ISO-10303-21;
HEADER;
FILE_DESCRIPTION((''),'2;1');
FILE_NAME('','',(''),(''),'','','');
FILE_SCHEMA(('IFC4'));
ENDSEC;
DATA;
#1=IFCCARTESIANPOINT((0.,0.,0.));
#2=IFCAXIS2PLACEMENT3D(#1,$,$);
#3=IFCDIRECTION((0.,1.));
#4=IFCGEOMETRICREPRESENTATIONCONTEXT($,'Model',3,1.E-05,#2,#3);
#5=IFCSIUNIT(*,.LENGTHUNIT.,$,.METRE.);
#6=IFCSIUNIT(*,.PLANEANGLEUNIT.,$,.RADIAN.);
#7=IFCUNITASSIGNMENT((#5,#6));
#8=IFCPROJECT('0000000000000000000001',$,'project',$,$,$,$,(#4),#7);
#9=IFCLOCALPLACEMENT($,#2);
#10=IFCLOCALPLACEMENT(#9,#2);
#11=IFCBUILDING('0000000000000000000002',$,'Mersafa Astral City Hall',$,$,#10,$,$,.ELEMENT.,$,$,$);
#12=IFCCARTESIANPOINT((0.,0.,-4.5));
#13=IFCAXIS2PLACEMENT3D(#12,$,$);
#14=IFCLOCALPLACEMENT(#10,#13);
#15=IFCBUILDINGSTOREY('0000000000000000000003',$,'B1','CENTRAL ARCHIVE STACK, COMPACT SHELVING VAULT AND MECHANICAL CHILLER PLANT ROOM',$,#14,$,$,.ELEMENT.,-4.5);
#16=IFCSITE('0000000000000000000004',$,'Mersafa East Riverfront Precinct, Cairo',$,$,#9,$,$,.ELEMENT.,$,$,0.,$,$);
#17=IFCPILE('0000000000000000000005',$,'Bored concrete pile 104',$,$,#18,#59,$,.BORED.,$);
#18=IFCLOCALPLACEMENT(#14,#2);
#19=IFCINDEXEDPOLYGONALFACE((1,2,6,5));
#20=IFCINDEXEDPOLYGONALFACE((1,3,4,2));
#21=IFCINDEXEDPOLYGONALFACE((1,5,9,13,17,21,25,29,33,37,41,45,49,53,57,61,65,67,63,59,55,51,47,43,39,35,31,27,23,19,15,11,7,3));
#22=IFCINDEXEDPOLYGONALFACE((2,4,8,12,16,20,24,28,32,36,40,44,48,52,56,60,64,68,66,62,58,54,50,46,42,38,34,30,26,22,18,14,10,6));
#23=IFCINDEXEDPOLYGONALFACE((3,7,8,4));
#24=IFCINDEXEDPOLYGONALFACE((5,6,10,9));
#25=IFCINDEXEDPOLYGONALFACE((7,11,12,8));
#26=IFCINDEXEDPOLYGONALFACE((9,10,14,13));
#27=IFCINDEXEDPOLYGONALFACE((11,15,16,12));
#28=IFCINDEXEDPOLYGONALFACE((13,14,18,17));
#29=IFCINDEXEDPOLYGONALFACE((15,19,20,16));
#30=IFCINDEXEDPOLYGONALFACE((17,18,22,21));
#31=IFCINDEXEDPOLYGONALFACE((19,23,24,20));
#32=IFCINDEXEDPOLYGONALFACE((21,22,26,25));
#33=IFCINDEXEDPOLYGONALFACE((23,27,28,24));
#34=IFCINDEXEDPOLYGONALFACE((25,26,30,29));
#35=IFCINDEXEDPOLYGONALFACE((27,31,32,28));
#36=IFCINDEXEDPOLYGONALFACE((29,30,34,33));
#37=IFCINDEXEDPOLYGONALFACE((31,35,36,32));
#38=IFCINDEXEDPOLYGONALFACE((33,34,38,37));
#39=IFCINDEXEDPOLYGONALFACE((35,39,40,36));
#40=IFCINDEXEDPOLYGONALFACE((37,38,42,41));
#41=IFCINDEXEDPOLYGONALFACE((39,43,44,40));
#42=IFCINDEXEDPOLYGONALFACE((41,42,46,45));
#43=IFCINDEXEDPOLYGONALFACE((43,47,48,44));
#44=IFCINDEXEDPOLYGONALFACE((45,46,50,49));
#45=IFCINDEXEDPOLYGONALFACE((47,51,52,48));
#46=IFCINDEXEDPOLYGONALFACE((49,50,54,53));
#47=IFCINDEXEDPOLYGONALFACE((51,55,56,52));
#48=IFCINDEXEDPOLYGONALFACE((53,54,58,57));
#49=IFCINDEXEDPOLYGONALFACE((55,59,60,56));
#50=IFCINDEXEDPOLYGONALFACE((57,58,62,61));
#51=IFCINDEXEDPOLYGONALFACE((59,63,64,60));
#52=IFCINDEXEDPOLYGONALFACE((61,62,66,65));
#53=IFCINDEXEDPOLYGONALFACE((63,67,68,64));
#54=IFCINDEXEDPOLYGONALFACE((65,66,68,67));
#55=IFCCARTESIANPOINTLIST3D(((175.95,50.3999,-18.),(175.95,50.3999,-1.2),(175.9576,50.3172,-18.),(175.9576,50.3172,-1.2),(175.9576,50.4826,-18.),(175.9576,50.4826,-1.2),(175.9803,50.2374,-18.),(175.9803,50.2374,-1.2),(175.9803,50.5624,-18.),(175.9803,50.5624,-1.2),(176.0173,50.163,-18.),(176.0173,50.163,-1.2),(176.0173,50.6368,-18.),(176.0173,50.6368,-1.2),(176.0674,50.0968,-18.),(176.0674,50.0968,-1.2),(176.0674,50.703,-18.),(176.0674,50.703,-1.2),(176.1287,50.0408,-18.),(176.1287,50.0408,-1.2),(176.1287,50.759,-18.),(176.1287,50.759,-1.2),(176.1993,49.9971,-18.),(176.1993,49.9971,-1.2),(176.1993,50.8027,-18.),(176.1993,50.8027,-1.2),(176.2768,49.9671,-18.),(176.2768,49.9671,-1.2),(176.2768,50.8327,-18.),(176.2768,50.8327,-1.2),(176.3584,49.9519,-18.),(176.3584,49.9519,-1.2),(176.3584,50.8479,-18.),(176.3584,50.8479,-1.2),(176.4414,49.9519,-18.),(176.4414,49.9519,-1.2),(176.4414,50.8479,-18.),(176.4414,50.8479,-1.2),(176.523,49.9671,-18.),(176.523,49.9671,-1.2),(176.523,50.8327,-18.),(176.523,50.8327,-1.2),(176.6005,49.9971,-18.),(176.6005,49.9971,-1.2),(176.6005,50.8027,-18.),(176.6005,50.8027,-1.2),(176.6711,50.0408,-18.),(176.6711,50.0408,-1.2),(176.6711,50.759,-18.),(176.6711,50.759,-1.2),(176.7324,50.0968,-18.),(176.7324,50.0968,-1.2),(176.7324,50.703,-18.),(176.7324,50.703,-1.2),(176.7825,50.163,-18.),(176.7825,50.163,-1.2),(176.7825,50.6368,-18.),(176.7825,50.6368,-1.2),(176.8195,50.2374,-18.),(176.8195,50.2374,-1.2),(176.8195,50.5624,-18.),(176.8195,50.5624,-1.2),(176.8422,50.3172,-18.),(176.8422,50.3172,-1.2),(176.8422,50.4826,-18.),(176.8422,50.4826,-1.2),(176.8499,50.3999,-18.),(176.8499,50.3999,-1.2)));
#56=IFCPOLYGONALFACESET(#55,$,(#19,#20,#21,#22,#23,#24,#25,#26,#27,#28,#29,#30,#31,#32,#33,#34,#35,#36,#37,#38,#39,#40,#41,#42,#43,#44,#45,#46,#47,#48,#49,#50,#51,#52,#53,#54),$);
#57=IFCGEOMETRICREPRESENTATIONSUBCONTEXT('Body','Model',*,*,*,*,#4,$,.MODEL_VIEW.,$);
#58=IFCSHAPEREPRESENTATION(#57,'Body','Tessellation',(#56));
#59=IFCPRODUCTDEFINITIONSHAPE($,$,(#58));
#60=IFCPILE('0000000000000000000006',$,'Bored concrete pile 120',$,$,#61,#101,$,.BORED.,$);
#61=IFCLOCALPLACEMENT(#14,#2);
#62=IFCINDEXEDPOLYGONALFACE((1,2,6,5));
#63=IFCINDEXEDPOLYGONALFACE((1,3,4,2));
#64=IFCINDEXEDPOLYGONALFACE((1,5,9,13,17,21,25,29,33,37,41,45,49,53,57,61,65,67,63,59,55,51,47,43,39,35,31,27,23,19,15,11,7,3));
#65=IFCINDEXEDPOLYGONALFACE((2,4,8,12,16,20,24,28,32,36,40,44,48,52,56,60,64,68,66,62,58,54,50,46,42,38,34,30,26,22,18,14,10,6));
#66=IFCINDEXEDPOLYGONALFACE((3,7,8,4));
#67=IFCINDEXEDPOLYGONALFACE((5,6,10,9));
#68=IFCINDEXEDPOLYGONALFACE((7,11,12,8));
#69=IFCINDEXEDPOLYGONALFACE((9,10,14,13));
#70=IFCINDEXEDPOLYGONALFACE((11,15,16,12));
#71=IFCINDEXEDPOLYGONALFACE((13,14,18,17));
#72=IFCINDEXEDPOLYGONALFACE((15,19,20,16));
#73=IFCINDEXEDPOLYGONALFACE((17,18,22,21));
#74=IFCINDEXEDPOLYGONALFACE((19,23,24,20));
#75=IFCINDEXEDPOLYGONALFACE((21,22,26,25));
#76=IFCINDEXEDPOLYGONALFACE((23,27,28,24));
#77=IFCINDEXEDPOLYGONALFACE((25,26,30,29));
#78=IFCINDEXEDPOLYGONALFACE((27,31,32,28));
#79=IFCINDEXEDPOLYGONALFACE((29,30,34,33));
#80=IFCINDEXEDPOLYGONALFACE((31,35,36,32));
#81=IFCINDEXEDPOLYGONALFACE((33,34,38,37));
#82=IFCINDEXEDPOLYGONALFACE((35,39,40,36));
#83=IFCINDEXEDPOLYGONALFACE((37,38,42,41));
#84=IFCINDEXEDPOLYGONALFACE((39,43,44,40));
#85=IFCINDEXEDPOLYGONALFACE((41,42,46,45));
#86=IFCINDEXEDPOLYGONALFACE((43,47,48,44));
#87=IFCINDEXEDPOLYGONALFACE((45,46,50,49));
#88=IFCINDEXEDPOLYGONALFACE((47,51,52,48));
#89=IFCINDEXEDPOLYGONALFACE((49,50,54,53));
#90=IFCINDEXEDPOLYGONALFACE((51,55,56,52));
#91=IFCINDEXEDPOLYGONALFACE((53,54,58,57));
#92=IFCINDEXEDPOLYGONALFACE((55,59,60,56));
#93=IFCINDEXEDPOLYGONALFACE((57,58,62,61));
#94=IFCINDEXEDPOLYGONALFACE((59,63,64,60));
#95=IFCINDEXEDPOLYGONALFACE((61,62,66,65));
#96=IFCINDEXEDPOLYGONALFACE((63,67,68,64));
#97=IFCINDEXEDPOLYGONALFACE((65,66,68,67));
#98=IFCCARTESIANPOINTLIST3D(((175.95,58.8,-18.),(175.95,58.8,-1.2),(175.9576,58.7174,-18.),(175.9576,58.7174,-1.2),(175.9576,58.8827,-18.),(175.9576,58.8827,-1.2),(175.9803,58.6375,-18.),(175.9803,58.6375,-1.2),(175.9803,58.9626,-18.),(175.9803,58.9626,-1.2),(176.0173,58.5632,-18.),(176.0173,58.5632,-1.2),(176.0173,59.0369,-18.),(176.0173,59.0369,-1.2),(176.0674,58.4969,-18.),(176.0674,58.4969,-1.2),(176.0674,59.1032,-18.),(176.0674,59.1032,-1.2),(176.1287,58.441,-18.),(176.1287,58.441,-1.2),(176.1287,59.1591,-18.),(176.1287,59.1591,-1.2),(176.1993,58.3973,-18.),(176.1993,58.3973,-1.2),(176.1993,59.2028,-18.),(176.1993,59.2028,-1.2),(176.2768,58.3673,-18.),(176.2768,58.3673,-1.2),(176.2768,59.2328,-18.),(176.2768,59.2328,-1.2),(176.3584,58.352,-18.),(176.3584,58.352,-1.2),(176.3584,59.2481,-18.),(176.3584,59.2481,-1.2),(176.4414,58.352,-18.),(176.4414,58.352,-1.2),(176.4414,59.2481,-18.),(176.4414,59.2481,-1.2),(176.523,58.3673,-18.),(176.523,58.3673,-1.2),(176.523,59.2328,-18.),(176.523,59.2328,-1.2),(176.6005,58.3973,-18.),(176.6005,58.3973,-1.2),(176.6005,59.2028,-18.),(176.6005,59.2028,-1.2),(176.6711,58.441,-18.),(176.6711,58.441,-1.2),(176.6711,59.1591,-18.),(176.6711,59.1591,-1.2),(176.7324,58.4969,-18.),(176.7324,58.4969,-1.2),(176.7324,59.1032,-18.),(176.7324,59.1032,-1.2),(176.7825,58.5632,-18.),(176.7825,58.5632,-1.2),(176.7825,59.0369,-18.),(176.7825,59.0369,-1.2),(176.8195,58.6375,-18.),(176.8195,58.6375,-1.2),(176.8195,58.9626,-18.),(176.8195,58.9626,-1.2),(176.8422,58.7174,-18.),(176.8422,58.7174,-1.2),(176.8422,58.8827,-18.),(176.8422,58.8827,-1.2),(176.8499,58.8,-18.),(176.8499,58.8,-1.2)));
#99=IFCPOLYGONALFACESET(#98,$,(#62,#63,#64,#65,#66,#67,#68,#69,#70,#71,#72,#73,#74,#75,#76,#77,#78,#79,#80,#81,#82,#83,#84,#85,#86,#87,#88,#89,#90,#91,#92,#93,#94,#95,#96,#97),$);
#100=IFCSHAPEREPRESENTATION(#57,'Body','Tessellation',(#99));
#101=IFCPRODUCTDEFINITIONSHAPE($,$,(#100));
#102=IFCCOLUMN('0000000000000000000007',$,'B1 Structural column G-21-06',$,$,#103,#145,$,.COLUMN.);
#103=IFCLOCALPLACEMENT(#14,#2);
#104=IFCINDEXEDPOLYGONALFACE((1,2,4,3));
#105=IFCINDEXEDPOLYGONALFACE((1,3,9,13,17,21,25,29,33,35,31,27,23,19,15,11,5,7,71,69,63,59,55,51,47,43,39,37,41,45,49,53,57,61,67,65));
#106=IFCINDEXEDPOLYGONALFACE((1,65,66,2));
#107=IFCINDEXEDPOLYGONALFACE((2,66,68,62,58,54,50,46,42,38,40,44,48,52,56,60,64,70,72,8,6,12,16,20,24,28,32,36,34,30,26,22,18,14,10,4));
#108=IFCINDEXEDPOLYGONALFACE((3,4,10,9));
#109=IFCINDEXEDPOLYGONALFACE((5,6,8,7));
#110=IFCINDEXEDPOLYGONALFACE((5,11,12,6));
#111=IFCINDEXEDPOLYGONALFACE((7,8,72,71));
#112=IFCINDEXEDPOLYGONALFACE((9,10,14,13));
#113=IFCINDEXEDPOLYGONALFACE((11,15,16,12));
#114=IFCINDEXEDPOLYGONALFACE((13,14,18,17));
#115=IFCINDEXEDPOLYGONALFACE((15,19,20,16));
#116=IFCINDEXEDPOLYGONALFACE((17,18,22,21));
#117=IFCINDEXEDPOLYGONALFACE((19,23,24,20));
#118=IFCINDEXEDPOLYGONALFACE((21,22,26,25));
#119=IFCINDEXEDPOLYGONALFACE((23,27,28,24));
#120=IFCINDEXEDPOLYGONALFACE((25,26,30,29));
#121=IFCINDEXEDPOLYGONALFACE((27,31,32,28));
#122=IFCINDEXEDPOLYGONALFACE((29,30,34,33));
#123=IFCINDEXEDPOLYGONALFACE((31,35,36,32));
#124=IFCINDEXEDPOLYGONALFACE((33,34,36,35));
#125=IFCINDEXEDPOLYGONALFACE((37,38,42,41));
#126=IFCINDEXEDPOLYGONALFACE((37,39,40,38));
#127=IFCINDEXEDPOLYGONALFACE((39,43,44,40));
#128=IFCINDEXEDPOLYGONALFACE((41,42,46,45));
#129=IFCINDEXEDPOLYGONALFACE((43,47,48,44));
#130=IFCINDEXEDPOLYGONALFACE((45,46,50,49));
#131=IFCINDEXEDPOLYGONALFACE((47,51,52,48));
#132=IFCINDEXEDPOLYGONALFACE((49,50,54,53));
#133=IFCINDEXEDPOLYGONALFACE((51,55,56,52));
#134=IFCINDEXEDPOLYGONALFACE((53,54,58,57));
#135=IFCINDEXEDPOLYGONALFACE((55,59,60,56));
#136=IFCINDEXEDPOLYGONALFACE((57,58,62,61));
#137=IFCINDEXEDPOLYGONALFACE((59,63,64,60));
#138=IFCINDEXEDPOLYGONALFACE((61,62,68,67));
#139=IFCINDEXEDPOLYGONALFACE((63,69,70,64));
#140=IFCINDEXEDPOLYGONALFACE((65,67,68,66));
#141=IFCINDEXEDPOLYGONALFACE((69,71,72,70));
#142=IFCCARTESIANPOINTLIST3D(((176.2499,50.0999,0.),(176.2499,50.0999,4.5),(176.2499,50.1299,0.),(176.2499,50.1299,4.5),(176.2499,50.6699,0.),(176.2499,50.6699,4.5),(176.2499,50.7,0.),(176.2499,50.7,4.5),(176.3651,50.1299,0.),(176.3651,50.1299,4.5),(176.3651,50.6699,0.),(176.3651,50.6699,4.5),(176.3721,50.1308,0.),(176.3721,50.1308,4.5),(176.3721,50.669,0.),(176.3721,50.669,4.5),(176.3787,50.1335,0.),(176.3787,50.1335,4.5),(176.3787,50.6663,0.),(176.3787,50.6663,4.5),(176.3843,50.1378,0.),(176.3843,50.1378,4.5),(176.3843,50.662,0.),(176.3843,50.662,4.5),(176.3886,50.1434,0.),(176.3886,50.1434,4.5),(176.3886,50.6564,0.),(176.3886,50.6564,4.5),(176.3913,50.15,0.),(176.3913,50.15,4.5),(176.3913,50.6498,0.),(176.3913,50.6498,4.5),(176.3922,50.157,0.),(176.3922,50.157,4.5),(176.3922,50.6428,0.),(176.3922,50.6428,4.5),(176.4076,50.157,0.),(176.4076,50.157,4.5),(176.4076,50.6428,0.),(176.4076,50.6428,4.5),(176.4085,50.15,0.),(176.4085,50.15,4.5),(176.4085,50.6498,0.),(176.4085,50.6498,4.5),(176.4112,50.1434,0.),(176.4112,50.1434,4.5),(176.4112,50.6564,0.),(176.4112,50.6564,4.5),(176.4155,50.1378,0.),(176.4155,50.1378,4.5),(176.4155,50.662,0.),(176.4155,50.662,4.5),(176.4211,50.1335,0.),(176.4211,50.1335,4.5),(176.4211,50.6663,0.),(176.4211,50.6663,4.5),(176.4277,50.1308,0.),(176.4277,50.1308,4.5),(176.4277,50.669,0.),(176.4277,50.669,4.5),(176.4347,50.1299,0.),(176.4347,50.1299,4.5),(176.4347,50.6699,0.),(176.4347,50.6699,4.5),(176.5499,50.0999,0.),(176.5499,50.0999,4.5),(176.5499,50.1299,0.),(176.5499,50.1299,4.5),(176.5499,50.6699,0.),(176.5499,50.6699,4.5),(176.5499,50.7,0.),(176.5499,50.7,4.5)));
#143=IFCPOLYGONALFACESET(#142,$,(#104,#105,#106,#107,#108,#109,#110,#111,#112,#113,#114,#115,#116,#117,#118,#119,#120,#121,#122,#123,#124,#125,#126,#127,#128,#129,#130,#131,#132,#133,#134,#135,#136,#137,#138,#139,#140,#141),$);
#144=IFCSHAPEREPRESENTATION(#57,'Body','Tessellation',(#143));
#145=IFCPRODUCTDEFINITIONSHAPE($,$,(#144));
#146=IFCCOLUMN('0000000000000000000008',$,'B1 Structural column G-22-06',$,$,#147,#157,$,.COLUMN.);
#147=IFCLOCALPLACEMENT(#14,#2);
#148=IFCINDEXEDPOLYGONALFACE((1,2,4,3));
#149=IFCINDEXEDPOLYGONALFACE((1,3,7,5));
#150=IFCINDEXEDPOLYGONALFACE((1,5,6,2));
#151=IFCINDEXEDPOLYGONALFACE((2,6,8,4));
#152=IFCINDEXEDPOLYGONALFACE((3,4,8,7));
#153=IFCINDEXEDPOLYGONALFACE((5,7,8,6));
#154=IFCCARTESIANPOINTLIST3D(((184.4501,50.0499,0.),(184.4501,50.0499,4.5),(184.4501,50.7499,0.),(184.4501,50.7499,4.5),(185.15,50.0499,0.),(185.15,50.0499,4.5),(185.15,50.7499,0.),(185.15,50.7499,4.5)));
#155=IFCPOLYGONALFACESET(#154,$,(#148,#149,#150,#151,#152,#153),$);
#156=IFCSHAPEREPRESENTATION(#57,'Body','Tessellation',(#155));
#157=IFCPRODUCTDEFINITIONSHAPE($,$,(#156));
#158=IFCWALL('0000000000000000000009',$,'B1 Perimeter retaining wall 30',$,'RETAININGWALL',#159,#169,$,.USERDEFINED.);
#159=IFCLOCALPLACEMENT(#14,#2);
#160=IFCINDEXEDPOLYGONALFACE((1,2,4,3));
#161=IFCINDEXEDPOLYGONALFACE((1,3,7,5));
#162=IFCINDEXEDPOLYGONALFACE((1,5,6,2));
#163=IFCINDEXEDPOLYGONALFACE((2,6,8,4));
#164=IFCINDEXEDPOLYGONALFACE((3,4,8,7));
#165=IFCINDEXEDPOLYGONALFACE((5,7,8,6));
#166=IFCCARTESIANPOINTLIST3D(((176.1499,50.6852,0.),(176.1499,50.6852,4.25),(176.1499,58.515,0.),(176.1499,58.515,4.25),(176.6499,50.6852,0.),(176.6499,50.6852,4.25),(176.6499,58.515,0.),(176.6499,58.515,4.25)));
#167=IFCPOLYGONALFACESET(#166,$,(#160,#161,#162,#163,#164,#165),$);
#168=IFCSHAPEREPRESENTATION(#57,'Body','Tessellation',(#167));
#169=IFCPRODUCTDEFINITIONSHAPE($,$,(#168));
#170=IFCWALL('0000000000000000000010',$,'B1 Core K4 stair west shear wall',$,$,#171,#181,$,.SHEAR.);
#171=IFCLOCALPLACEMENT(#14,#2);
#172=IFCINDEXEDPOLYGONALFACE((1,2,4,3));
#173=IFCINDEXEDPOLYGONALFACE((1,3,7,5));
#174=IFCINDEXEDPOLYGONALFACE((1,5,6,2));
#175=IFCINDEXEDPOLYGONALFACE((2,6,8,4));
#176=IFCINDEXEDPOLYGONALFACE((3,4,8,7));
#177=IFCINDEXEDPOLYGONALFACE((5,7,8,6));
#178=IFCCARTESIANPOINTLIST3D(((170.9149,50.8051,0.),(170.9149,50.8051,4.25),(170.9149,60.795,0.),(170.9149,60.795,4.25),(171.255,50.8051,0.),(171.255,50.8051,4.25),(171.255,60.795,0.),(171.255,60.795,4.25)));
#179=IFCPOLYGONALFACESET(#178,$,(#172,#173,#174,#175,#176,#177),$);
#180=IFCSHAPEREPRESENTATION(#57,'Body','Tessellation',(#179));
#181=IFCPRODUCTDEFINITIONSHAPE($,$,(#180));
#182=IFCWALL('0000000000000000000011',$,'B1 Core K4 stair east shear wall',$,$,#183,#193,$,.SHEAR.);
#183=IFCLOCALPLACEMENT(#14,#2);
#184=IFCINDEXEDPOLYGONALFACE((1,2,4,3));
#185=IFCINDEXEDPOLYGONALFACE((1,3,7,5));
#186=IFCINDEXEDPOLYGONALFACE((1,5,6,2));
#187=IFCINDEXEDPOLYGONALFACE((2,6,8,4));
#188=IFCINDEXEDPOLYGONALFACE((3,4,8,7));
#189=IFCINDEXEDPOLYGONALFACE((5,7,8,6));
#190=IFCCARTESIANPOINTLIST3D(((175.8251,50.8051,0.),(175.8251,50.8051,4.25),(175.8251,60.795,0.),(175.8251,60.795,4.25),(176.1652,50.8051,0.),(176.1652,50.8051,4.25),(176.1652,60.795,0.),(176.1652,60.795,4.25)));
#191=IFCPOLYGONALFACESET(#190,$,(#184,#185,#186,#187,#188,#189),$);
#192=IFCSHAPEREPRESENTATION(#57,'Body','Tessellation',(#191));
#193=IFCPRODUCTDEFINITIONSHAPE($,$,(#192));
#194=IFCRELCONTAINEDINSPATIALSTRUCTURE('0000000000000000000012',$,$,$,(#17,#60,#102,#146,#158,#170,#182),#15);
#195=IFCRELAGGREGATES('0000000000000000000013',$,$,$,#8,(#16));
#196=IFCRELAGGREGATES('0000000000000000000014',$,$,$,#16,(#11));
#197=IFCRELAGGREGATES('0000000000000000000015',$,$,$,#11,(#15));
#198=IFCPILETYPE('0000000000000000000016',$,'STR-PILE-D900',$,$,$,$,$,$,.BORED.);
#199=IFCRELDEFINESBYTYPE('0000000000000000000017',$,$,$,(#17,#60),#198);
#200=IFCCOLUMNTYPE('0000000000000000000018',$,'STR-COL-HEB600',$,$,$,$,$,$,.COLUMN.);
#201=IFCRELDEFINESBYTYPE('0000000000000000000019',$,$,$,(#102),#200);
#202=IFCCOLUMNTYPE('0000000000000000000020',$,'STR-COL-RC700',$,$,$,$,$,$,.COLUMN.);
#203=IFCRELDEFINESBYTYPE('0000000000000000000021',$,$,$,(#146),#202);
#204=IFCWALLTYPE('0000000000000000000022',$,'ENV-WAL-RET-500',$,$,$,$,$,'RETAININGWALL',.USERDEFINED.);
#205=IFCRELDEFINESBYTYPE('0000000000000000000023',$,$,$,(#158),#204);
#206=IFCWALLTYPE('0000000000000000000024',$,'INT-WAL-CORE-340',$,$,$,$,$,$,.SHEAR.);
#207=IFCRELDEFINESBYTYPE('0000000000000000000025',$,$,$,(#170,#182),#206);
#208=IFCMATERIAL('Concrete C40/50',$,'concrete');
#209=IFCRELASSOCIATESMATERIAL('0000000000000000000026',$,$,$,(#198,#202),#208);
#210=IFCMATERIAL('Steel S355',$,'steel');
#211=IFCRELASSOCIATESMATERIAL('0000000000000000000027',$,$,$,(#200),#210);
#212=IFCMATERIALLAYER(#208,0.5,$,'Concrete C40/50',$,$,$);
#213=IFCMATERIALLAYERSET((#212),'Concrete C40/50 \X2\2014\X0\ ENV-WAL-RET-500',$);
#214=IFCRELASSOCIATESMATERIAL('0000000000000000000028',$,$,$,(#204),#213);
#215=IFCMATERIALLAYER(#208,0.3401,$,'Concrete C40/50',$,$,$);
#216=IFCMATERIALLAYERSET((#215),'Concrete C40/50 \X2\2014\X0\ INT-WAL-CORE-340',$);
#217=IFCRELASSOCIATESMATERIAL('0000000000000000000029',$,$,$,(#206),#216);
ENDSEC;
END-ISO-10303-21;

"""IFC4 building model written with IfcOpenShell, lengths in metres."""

from ifc_helpers import new_model, si_unit, direction, frame, frame_2d, origin, origin_2d, place, context, subcontext, project, spatial, rectangle, circle, i_section, extrude, material, layer, layer_set, material_profile, profile_set, type_object, element, save


model = new_model("IFC4")

# Units and contexts
model_context = context("Model", 3, precision=1e-05, world=origin(), true_north=direction((0.0, 1.0)))
body_context = subcontext(model_context, "Body", "Model", "MODEL_VIEW")
ifc_project = project(units=[si_unit("LENGTHUNIT", "METRE"), si_unit("PLANEANGLEUNIT", "RADIAN")], contexts=[model_context])

# Site, building, storey
site_placement = place(None, origin())
site = spatial("IfcSite", under=ifc_project, at=site_placement, Name="Mersafa East Riverfront Precinct, Cairo", CompositionType="ELEMENT", RefElevation=0.0)
building_placement = place(site_placement, origin())
building = spatial("IfcBuilding", under=site, at=building_placement, Name="Mersafa Astral City Hall", CompositionType="ELEMENT")
storey_placement = place(building_placement, frame((0.0, 0.0, -4.5)))
storey = spatial("IfcBuildingStorey", under=building, at=storey_placement, Name="B1", Description="CENTRAL ARCHIVE STACK, COMPACT SHELVING VAULT AND MECHANICAL CHILLER PLANT ROOM", CompositionType="ELEMENT", Elevation=-4.5)

# Shared definitions
ifc_material_1 = material(Name="Concrete C40/50", Category="concrete")

# Piles
ifc_material_profile_1 = material_profile(ifc_material_1, circle(Radius=0.45, at=origin_2d()), Name="PILE D900")
ifc_profile_set_1 = profile_set([ifc_material_profile_1], Name="Concrete C40/50")
pile_type_1 = type_object("IfcPileType", Name="STR-PILE-D900", PredefinedType="BORED", material=ifc_profile_set_1)
for number, where, z_axis, x_axis, name in (
    (1, (176.3999, 50.3999, -1.2), (0.0, 0.0, -1.0), (1.0, 0.0, 0.0), "Bored concrete pile 104"),
    (2, (176.3999, 58.8, -1.2), (0.0, 0.0, -1.0), (1.0, 0.0, 0.0), "Bored concrete pile 120"),
):
    element("IfcPile", number, at=place(storey_placement, frame(where, z_axis=z_axis, x_axis=x_axis)), inside=storey, type_object=pile_type_1, Name=name, PredefinedType="BORED", context=body_context, shape_type="SweptSolid", body=[
        extrude(circle(Radius=0.45, at=origin_2d()), origin(), (0.0, 0.0, 1.0), 16.8),
    ])

# Columns
ifc_material_2 = material(Name="Steel S355", Category="steel")
ifc_material_profile_2 = material_profile(ifc_material_2, i_section(OverallWidth=0.3, OverallDepth=0.6001, WebThickness=0.0154, FlangeThickness=0.03, FilletRadius=0.0271, at=origin_2d()), Name="HEB 600")
ifc_profile_set_2 = profile_set([ifc_material_profile_2], Name="Steel S355")
column_type_1 = type_object("IfcColumnType", Name="STR-COL-HEB600", PredefinedType="COLUMN", material=ifc_profile_set_2)
column_1_placement = place(storey_placement, frame((176.3999, 50.3999, 0.0), z_axis=(0.0, 0.0, 1.0), x_axis=(1.0, 0.0, 0.0)))
element("IfcColumn", 3, at=column_1_placement, inside=storey, type_object=column_type_1, Name="B1 Structural column G-21-06", PredefinedType="COLUMN", context=body_context, shape_type="SweptSolid", body=[
    extrude(i_section(OverallWidth=0.3, OverallDepth=0.6001, WebThickness=0.0154, FlangeThickness=0.03, FilletRadius=0.0271, at=origin_2d()), origin(), (0.0, 0.0, 1.0), 4.5),
])
ifc_material_profile_3 = material_profile(ifc_material_1, rectangle(XDim=0.7, YDim=0.7, at=origin_2d()), Name="RC 700x700")
ifc_profile_set_3 = profile_set([ifc_material_profile_3], Name="Concrete C40/50")
column_type_2 = type_object("IfcColumnType", Name="STR-COL-RC700", PredefinedType="COLUMN", material=ifc_profile_set_3)
column_2_placement = place(storey_placement, frame((184.8, 50.3999, 0.0), z_axis=(0.0, 0.0, 1.0), x_axis=(1.0, 0.0, 0.0)))
element("IfcColumn", 4, at=column_2_placement, inside=storey, type_object=column_type_2, Name="B1 Structural column G-22-06", PredefinedType="COLUMN", context=body_context, shape_type="SweptSolid", body=[
    extrude(rectangle(XDim=0.7, YDim=0.7, at=origin_2d()), origin(), (0.0, 0.0, 1.0), 4.5),
])

# Walls
ifc_layer_1 = layer(ifc_material_1, 0.5, Name="Concrete C40/50")
ifc_layer_set_1 = layer_set([ifc_layer_1], Name="Concrete C40/50 — ENV-WAL-RET-500")
wall_type_1 = type_object("IfcWallType", Name="ENV-WAL-RET-500", ElementType="RETAININGWALL", PredefinedType="USERDEFINED", material=ifc_layer_set_1)
wall_placement = place(storey_placement, frame((176.3999, 50.6851, 0.0), z_axis=(0.0, 0.0, 1.0), x_axis=(0.0, 1.0, 0.0)))
element("IfcWall", 5, at=wall_placement, inside=storey, type_object=wall_type_1, Name="B1 Perimeter retaining wall 30", ObjectType="RETAININGWALL", PredefinedType="USERDEFINED", context=body_context, shape_type="SweptSolid", body=[
    extrude(rectangle(XDim=7.8298, YDim=0.5, at=frame_2d((3.915, 0.0))), origin(), (0.0, 0.0, 1.0), 4.25),
])
ifc_layer_2 = layer(ifc_material_1, 0.3401, Name="Concrete C40/50")
ifc_layer_set_2 = layer_set([ifc_layer_2], Name="Concrete C40/50 — INT-WAL-CORE-340")
wall_type_2 = type_object("IfcWallType", Name="INT-WAL-CORE-340", PredefinedType="SHEAR", material=ifc_layer_set_2)
for number, where, z_axis, x_axis, name in (
    (6, (171.085, 50.8049, 0.0), (0.0, 0.0, 1.0), (0.0, 1.0, 0.0), "B1 Core K4 stair west shear wall"),
    (7, (175.9951, 50.8049, 0.0), (0.0, 0.0, 1.0), (0.0, 1.0, 0.0), "B1 Core K4 stair east shear wall"),
):
    element("IfcWall", number, at=place(storey_placement, frame(where, z_axis=z_axis, x_axis=x_axis)), inside=storey, type_object=wall_type_2, Name=name, PredefinedType="SHEAR", context=body_context, shape_type="SweptSolid", body=[
        extrude(rectangle(XDim=9.99, YDim=0.3401, at=frame_2d((4.9951, 0.0))), origin(), (0.0, 0.0, 1.0), 4.25),
    ])

save(model, "model.ifc")
